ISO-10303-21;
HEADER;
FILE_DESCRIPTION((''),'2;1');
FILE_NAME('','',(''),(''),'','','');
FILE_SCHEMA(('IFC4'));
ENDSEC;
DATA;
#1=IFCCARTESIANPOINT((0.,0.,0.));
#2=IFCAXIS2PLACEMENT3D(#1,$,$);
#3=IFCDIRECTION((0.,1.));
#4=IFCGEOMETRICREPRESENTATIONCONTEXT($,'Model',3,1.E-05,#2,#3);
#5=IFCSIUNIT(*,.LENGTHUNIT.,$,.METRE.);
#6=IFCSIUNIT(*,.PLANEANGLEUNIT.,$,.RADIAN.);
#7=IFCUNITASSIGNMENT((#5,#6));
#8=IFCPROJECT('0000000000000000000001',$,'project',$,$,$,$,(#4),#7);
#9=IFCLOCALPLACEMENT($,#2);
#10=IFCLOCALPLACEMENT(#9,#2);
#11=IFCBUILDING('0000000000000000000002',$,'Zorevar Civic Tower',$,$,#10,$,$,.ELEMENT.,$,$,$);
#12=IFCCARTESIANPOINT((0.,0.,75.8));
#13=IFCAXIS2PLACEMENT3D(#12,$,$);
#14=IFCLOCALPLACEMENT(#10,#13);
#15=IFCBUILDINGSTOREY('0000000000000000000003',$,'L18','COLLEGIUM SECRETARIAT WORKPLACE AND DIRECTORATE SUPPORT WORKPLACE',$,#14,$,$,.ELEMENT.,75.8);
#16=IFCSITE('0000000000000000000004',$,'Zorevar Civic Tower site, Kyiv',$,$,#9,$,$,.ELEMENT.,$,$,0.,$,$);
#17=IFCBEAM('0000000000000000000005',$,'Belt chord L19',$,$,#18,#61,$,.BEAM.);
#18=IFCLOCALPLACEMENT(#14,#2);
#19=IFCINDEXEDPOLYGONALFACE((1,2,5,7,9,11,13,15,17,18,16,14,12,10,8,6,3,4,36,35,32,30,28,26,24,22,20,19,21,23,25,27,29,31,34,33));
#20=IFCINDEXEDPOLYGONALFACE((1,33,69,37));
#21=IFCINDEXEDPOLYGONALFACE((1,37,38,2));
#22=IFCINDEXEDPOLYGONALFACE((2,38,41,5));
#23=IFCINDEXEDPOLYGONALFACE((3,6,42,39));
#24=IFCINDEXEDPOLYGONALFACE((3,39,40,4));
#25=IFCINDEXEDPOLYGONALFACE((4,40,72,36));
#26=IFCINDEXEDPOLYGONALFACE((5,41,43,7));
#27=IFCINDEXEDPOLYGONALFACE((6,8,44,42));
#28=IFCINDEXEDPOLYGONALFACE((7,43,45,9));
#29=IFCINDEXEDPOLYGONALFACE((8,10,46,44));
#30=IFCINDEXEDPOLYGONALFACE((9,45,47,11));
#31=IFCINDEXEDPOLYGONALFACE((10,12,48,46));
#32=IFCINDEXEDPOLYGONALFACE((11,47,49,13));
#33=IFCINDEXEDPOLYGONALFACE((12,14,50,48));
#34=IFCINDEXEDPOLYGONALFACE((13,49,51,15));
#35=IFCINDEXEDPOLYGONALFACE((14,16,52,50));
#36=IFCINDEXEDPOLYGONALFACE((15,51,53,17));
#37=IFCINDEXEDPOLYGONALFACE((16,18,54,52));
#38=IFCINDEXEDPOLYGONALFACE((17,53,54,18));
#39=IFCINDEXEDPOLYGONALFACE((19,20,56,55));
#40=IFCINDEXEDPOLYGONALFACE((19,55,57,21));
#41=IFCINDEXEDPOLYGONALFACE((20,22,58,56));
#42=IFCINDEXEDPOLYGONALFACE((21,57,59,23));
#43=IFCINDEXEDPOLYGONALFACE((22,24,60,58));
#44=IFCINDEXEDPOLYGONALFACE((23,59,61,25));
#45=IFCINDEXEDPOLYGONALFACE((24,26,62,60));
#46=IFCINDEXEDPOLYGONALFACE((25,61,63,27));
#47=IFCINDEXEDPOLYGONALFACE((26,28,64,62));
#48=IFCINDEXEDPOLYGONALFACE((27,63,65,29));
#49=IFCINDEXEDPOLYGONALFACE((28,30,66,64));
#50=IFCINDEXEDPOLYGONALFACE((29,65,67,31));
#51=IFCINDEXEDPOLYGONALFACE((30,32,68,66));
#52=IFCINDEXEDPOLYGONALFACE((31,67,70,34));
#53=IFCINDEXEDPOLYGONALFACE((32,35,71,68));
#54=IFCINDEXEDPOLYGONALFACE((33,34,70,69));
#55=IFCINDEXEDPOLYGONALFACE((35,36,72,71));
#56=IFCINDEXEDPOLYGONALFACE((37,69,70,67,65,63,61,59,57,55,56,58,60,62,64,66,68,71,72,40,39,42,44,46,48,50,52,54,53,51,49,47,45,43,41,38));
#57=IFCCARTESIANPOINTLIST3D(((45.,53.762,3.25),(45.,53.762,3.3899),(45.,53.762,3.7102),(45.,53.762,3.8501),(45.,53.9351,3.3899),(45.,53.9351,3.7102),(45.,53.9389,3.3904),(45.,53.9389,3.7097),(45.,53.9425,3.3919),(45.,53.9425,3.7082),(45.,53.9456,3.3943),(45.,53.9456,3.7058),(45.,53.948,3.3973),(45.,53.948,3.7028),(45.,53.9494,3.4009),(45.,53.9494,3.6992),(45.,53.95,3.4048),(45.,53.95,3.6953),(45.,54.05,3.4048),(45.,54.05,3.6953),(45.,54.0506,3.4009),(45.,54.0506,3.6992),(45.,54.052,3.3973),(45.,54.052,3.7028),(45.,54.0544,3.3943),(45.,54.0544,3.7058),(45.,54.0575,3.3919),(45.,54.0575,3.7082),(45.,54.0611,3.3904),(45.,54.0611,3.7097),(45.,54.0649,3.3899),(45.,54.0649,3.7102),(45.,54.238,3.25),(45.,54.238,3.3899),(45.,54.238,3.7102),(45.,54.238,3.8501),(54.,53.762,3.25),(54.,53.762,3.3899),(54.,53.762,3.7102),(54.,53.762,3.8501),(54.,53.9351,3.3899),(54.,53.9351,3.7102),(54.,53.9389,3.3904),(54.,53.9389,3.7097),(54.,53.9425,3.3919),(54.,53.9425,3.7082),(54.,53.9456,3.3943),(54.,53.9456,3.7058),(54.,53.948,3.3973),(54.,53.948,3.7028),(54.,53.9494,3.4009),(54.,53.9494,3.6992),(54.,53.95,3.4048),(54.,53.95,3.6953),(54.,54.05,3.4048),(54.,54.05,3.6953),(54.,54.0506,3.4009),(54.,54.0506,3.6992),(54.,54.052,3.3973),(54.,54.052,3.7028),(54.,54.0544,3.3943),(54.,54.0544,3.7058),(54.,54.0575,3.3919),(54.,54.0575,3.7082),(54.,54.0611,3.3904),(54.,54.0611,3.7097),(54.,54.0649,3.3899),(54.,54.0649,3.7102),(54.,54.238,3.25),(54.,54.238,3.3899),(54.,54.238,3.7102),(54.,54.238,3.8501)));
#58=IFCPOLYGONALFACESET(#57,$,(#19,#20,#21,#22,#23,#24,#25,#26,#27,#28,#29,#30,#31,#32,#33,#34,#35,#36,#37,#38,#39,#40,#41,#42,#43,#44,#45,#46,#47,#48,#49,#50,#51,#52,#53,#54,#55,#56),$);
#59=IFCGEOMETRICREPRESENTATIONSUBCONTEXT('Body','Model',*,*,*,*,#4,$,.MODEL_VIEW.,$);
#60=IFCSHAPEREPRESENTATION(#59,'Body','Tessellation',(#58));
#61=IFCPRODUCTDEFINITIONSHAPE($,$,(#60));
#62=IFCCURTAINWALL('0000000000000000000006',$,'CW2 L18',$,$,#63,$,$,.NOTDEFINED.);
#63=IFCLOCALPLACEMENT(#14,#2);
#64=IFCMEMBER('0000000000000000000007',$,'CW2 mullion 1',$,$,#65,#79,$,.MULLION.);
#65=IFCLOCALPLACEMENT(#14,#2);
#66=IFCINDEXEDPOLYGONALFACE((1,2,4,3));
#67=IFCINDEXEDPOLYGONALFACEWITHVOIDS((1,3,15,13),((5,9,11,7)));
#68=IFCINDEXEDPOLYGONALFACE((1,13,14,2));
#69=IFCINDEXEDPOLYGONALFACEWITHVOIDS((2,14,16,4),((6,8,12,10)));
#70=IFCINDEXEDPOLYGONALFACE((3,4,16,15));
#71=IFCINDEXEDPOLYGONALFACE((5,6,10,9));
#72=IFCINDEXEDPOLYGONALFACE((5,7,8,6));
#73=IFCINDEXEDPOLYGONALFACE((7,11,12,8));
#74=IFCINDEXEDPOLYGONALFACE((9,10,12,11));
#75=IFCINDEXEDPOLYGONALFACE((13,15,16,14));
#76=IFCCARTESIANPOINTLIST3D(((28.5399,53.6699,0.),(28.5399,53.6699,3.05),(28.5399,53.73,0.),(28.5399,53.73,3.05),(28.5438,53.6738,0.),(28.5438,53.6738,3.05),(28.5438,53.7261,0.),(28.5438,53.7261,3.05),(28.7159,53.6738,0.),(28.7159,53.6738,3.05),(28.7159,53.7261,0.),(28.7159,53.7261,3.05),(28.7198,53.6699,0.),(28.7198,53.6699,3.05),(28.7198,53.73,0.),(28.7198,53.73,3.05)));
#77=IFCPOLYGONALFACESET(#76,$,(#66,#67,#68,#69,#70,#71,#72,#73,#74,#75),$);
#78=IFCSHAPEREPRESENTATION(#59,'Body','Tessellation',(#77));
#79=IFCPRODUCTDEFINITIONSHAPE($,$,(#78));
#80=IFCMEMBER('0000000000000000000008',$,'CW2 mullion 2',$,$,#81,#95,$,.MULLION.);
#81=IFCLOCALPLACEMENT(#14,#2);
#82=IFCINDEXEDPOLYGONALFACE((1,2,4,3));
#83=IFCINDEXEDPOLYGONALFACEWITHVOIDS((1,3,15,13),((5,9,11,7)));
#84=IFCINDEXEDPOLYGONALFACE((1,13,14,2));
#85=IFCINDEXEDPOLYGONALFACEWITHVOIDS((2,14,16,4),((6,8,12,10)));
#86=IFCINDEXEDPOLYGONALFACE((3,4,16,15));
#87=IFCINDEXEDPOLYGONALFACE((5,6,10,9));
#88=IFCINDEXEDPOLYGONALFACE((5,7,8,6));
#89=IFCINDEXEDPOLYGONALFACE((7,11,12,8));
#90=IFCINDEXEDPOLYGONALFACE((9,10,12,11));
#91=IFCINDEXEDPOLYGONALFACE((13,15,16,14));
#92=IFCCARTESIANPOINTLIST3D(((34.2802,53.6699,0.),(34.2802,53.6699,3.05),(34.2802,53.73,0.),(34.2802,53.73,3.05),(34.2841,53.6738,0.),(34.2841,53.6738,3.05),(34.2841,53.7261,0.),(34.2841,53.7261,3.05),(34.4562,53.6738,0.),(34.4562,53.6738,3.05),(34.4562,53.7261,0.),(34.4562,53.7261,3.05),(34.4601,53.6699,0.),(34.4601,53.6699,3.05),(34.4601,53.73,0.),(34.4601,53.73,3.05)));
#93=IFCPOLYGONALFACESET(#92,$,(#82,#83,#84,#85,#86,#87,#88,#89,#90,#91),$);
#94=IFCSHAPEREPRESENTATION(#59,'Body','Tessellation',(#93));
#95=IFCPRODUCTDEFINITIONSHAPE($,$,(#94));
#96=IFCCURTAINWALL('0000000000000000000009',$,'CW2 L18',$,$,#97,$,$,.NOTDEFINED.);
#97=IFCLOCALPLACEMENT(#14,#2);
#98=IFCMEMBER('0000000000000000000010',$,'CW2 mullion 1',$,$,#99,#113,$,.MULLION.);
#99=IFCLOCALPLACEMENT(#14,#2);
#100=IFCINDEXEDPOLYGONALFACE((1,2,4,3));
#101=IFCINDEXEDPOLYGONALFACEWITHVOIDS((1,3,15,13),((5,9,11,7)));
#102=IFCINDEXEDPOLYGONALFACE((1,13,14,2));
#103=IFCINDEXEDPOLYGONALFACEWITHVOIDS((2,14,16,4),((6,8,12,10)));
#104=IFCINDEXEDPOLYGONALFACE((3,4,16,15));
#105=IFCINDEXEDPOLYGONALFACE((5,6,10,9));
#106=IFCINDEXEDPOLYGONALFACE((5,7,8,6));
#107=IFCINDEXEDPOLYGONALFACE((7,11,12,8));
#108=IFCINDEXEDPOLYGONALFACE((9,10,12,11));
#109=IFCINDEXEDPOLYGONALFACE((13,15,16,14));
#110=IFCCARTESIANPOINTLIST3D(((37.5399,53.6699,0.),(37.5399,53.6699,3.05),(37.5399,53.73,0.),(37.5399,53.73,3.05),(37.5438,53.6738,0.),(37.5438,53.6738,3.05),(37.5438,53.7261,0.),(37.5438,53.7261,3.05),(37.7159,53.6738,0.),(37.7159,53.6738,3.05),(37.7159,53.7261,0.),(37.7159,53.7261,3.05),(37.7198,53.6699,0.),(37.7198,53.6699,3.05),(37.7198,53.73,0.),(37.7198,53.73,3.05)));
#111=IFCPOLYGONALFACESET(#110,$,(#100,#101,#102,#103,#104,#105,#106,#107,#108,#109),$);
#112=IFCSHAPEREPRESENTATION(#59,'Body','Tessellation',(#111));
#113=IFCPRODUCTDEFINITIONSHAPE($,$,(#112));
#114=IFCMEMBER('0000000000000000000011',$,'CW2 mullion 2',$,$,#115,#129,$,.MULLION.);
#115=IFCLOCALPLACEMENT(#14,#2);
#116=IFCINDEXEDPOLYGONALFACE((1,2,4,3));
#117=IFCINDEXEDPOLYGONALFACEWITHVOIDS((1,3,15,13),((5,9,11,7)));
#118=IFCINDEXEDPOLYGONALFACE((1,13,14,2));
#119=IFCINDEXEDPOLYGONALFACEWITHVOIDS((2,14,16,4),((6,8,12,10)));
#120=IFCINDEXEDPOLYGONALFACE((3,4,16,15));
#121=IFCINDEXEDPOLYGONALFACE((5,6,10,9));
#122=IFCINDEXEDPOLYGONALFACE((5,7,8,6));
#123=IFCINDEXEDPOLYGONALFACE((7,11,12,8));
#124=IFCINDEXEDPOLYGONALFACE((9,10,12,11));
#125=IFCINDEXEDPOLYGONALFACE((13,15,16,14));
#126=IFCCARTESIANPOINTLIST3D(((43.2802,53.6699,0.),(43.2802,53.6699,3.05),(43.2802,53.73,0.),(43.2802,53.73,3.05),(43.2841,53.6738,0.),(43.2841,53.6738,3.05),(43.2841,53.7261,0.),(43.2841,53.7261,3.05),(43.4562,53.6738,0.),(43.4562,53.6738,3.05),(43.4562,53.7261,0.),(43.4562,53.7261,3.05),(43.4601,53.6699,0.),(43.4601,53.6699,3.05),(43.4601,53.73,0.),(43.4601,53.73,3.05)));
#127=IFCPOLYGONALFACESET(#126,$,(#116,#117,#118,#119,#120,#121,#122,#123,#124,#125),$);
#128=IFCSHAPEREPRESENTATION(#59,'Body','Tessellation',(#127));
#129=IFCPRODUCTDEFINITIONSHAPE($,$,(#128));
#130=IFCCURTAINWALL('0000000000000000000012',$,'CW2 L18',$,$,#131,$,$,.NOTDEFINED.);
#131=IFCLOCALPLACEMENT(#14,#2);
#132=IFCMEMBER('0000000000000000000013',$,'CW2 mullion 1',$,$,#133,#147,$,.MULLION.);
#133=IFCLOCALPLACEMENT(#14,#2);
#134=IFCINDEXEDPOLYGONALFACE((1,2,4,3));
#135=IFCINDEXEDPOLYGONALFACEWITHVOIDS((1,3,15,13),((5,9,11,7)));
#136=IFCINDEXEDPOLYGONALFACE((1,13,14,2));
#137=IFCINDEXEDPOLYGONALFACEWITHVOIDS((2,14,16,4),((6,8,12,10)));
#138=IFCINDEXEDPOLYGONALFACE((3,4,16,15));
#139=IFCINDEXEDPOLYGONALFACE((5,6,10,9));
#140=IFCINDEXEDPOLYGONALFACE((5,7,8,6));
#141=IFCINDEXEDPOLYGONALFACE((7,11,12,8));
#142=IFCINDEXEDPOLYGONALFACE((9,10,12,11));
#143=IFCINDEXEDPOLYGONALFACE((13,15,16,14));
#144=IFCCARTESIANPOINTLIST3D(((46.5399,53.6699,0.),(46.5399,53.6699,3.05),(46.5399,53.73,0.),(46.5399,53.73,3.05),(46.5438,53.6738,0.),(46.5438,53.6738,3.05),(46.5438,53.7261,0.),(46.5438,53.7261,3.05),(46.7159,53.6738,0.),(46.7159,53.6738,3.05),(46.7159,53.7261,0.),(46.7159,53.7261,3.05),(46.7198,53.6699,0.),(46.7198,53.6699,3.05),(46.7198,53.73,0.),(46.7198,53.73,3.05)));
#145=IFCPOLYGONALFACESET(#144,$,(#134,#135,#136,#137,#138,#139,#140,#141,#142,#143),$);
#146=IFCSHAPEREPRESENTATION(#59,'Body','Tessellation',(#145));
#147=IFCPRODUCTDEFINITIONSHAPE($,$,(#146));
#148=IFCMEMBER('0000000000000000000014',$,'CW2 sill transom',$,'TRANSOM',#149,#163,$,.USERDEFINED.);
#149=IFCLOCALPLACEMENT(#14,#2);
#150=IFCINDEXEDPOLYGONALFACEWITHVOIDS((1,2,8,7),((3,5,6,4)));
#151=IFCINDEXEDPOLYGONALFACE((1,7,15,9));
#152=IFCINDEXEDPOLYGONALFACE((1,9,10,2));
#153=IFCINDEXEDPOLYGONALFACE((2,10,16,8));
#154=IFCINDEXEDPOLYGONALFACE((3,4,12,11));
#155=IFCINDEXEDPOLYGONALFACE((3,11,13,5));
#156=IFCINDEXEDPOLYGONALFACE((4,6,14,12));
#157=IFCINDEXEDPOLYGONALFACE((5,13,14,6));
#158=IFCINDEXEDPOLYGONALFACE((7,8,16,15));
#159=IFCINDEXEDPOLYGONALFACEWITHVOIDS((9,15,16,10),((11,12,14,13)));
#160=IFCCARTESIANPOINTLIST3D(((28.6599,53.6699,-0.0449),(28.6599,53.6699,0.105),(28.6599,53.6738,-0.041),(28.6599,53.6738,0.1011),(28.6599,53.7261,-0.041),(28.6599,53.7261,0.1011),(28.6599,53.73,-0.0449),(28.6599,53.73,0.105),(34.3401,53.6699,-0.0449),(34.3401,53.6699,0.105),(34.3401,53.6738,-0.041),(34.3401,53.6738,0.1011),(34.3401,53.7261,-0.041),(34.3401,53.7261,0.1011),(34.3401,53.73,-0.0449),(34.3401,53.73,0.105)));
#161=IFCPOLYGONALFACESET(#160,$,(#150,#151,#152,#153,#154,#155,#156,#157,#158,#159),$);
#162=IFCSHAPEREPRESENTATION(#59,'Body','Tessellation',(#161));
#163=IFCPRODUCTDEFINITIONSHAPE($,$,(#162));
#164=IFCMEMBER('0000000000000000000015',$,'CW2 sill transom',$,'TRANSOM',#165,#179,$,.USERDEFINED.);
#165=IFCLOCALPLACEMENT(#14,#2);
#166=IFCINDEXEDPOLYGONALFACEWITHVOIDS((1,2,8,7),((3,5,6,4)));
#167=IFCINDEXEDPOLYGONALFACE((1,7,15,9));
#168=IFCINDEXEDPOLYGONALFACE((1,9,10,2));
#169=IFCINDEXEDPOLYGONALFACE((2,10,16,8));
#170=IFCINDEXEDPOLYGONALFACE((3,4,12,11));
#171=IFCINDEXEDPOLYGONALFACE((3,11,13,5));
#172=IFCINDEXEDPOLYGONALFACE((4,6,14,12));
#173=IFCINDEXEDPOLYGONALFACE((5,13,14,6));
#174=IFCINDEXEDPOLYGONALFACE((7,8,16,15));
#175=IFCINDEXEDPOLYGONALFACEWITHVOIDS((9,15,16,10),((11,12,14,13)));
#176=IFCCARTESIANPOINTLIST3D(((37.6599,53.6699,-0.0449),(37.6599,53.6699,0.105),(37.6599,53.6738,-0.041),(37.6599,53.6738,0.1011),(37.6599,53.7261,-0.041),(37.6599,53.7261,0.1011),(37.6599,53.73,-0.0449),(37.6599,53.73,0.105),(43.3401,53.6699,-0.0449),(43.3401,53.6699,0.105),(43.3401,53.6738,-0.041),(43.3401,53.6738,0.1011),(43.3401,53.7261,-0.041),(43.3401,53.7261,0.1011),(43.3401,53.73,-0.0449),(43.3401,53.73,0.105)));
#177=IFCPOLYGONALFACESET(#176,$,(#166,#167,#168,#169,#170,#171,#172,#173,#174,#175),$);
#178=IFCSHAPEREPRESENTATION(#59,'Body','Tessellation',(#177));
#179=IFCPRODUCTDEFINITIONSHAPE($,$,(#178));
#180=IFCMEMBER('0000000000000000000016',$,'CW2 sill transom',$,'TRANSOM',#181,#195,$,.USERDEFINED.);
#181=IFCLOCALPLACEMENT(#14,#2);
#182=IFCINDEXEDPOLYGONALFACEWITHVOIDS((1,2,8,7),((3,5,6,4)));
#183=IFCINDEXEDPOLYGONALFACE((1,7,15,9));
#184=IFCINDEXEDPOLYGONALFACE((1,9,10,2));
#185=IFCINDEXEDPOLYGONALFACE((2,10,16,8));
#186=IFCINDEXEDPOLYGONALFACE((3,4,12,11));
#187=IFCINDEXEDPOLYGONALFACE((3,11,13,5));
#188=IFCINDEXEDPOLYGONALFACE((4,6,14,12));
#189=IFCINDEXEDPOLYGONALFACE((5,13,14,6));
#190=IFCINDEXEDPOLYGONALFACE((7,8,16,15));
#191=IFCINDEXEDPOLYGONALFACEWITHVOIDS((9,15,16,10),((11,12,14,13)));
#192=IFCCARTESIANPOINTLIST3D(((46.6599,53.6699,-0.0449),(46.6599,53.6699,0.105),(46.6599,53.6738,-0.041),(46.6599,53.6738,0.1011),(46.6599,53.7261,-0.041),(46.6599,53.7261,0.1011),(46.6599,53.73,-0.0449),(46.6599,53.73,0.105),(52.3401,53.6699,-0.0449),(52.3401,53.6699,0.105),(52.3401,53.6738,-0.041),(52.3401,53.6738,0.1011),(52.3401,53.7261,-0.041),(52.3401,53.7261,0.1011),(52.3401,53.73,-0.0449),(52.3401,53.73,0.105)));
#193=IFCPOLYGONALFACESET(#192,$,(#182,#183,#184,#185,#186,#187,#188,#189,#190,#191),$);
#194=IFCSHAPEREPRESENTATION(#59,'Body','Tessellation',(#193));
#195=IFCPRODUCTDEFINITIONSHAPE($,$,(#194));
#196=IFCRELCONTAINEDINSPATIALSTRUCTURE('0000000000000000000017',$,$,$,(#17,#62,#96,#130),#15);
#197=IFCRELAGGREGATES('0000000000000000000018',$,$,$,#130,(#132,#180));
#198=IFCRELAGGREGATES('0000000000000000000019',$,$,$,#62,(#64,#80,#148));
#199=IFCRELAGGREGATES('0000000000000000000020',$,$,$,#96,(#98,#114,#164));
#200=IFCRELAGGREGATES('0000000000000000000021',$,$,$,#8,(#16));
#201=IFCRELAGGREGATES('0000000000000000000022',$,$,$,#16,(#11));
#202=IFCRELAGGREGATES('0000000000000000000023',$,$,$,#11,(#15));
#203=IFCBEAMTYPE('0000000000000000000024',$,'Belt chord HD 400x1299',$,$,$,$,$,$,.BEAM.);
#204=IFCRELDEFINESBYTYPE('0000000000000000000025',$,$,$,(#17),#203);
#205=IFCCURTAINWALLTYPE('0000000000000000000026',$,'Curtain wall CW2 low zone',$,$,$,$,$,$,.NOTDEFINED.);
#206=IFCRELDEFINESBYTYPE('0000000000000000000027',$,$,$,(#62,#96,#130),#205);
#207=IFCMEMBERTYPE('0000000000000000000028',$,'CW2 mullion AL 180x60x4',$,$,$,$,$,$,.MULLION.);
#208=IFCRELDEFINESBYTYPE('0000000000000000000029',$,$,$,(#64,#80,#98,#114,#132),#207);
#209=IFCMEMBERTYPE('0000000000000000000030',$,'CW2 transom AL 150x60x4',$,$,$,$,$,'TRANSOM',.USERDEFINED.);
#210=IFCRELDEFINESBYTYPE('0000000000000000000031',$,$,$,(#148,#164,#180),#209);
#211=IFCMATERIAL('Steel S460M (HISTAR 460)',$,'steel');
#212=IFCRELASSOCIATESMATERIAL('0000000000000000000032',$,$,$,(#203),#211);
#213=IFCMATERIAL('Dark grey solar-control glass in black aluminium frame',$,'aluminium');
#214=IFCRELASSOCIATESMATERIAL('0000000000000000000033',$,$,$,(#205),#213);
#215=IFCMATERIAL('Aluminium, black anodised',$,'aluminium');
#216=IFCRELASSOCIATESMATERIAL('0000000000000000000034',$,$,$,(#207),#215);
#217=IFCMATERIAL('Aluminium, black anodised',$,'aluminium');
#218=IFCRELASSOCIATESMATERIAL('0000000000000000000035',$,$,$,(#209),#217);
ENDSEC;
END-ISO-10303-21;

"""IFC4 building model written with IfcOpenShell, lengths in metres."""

from ifc_helpers import new_model, si_unit, direction, frame, origin, origin_2d, place, context, subcontext, project, spatial, hollow_rectangle, i_section, extrude, material, material_profile, profile_set, type_object, element, aggregate, save


model = new_model("IFC4")

# Units and contexts
model_context = context("Model", 3, precision=1e-05, world=origin(), true_north=direction((0.0, 1.0)))
body_context = subcontext(model_context, "Body", "Model", "MODEL_VIEW")
ifc_project = project(units=[si_unit("LENGTHUNIT", "METRE"), si_unit("PLANEANGLEUNIT", "RADIAN")], contexts=[model_context])

# Site, building, storey
site_placement = place(None, origin())
site = spatial("IfcSite", under=ifc_project, at=site_placement, Name="Zorevar Civic Tower site, Kyiv", CompositionType="ELEMENT", RefElevation=0.0)
building_placement = place(site_placement, origin())
building = spatial("IfcBuilding", under=site, at=building_placement, Name="Zorevar Civic Tower", CompositionType="ELEMENT")
storey_placement = place(building_placement, frame((0.0, 0.0, 75.8)))
storey = spatial("IfcBuildingStorey", under=building, at=storey_placement, Name="L18", Description="COLLEGIUM SECRETARIAT WORKPLACE AND DIRECTORATE SUPPORT WORKPLACE", CompositionType="ELEMENT", Elevation=75.8)

# Beam
ifc_material_1 = material(Name="Steel S460M (HISTAR 460)", Category="steel")
ifc_material_profile_1 = material_profile(ifc_material_1, i_section(OverallWidth=0.4761, OverallDepth=0.6001, WebThickness=0.1001, FlangeThickness=0.1399, FilletRadius=0.0149, at=origin_2d()), Name="HD 400x1299")
ifc_profile_set_1 = profile_set([ifc_material_profile_1], Name="Steel S460M (HISTAR 460)")
beam_type_1 = type_object("IfcBeamType", Name="Belt chord HD 400x1299", PredefinedType="BEAM", material=ifc_profile_set_1)
for number, where, z_axis, x_axis, name in (
    (1, (45.0, 54.0, 3.55), (1.0, 0.0, 0.0), (0.0, 1.0, 0.0), "Belt chord L19"),
):
    element("IfcBeam", number, at=place(storey_placement, frame(where, z_axis=z_axis, x_axis=x_axis)), inside=storey, type_object=beam_type_1, Name=name, PredefinedType="BEAM", context=body_context, shape_type="SweptSolid", body=[
        extrude(i_section(OverallWidth=0.4761, OverallDepth=0.6001, WebThickness=0.1001, FlangeThickness=0.1399, FilletRadius=0.0149, at=origin_2d()), origin(), (0.0, 0.0, 1.0), 9.0),
    ])

# Curtain walls, members
ifc_material_2 = material(Name="Dark grey solar-control glass in black aluminium frame", Category="aluminium")
curtain_wall_type = type_object("IfcCurtainWallType", Name="Curtain wall CW2 low zone", PredefinedType="NOTDEFINED", material=ifc_material_2)
curtain_wall_1_placement = place(storey_placement, origin())
curtain_wall_1 = element("IfcCurtainWall", 2, at=curtain_wall_1_placement, inside=storey, type_object=curtain_wall_type, Name="CW2 L18", PredefinedType="NOTDEFINED")
ifc_material_3 = material(Name="Aluminium, black anodised", Category="aluminium")
ifc_material_profile_2 = material_profile(ifc_material_3, hollow_rectangle(XDim=0.0601, YDim=0.1799, WallThickness=0.0039, at=origin_2d()), Name="AL 180x60x4")
ifc_profile_set_2 = profile_set([ifc_material_profile_2], Name="Aluminium, black anodised")
member_type_1 = type_object("IfcMemberType", Name="CW2 mullion AL 180x60x4", PredefinedType="MULLION", material=ifc_profile_set_2)
member_1_placement = place(storey_placement, frame((28.6299, 53.7, 0.0), z_axis=(0.0, 0.0, 1.0), x_axis=(0.0, 1.0, 0.0)))
member_1 = element("IfcMember", 3, at=member_1_placement, type_object=member_type_1, Name="CW2 mullion 1", PredefinedType="MULLION", context=body_context, shape_type="SweptSolid", body=[
    extrude(hollow_rectangle(XDim=0.0601, YDim=0.1799, WallThickness=0.0039, at=origin_2d()), origin(), (0.0, 0.0, 1.0), 3.05),
])
member_2_placement = place(storey_placement, frame((34.3701, 53.7, 0.0), z_axis=(0.0, 0.0, 1.0), x_axis=(0.0, 1.0, 0.0)))
member_2 = element("IfcMember", 4, at=member_2_placement, type_object=member_type_1, Name="CW2 mullion 2", PredefinedType="MULLION", context=body_context, shape_type="SweptSolid", body=[
    extrude(hollow_rectangle(XDim=0.0601, YDim=0.1799, WallThickness=0.0039, at=origin_2d()), origin(), (0.0, 0.0, 1.0), 3.05),
])
curtain_wall_2_placement = place(storey_placement, origin())
curtain_wall_2 = element("IfcCurtainWall", 5, at=curtain_wall_2_placement, inside=storey, type_object=curtain_wall_type, Name="CW2 L18", PredefinedType="NOTDEFINED")
member_3_placement = place(storey_placement, frame((37.6299, 53.7, 0.0), z_axis=(0.0, 0.0, 1.0), x_axis=(0.0, 1.0, 0.0)))
member_3 = element("IfcMember", 6, at=member_3_placement, type_object=member_type_1, Name="CW2 mullion 1", PredefinedType="MULLION", context=body_context, shape_type="SweptSolid", body=[
    extrude(hollow_rectangle(XDim=0.0601, YDim=0.1799, WallThickness=0.0039, at=origin_2d()), origin(), (0.0, 0.0, 1.0), 3.05),
])
member_4_placement = place(storey_placement, frame((43.3701, 53.7, 0.0), z_axis=(0.0, 0.0, 1.0), x_axis=(0.0, 1.0, 0.0)))
member_4 = element("IfcMember", 7, at=member_4_placement, type_object=member_type_1, Name="CW2 mullion 2", PredefinedType="MULLION", context=body_context, shape_type="SweptSolid", body=[
    extrude(hollow_rectangle(XDim=0.0601, YDim=0.1799, WallThickness=0.0039, at=origin_2d()), origin(), (0.0, 0.0, 1.0), 3.05),
])

# Curtain wall, member
curtain_wall_3_placement = place(storey_placement, origin())
curtain_wall_3 = element("IfcCurtainWall", 8, at=curtain_wall_3_placement, inside=storey, type_object=curtain_wall_type, Name="CW2 L18", PredefinedType="NOTDEFINED")
member_5_placement = place(storey_placement, frame((46.6299, 53.7, 0.0), z_axis=(0.0, 0.0, 1.0), x_axis=(0.0, 1.0, 0.0)))
member_5 = element("IfcMember", 9, at=member_5_placement, type_object=member_type_1, Name="CW2 mullion 1", PredefinedType="MULLION", context=body_context, shape_type="SweptSolid", body=[
    extrude(hollow_rectangle(XDim=0.0601, YDim=0.1799, WallThickness=0.0039, at=origin_2d()), origin(), (0.0, 0.0, 1.0), 3.05),
])

# Members
ifc_material_4 = material(Name="Aluminium, black anodised", Category="aluminium")
ifc_material_profile_3 = material_profile(ifc_material_4, hollow_rectangle(XDim=0.0601, YDim=0.1499, WallThickness=0.0039, at=origin_2d()), Name="AL 150x60x4")
ifc_profile_set_3 = profile_set([ifc_material_profile_3], Name="Aluminium, black anodised")
member_type_2 = type_object("IfcMemberType", Name="CW2 transom AL 150x60x4", ElementType="TRANSOM", PredefinedType="USERDEFINED", material=ifc_profile_set_3)
member_6_placement = place(storey_placement, frame((28.6599, 53.7, 0.03), z_axis=(1.0, 0.0, 0.0), x_axis=(0.0, 1.0, 0.0)))
member_6 = element("IfcMember", 10, at=member_6_placement, type_object=member_type_2, Name="CW2 sill transom", ObjectType="TRANSOM", PredefinedType="USERDEFINED", context=body_context, shape_type="SweptSolid", body=[
    extrude(hollow_rectangle(XDim=0.0601, YDim=0.1499, WallThickness=0.0039, at=origin_2d()), origin(), (0.0, 0.0, 1.0), 5.6802),
])
member_7_placement = place(storey_placement, frame((37.6599, 53.7, 0.03), z_axis=(1.0, 0.0, 0.0), x_axis=(0.0, 1.0, 0.0)))
member_7 = element("IfcMember", 11, at=member_7_placement, type_object=member_type_2, Name="CW2 sill transom", ObjectType="TRANSOM", PredefinedType="USERDEFINED", context=body_context, shape_type="SweptSolid", body=[
    extrude(hollow_rectangle(XDim=0.0601, YDim=0.1499, WallThickness=0.0039, at=origin_2d()), origin(), (0.0, 0.0, 1.0), 5.6802),
])
member_8_placement = place(storey_placement, frame((46.6599, 53.7, 0.03), z_axis=(1.0, 0.0, 0.0), x_axis=(0.0, 1.0, 0.0)))
member_8 = element("IfcMember", 12, at=member_8_placement, type_object=member_type_2, Name="CW2 sill transom", ObjectType="TRANSOM", PredefinedType="USERDEFINED", context=body_context, shape_type="SweptSolid", body=[
    extrude(hollow_rectangle(XDim=0.0601, YDim=0.1499, WallThickness=0.0039, at=origin_2d()), origin(), (0.0, 0.0, 1.0), 5.6802),
])
aggregate(curtain_wall_3, [member_5, member_8])

aggregate(curtain_wall_1, [member_1, member_2, member_6])
aggregate(curtain_wall_2, [member_3, member_4, member_7])

save(model, "model.ifc")
